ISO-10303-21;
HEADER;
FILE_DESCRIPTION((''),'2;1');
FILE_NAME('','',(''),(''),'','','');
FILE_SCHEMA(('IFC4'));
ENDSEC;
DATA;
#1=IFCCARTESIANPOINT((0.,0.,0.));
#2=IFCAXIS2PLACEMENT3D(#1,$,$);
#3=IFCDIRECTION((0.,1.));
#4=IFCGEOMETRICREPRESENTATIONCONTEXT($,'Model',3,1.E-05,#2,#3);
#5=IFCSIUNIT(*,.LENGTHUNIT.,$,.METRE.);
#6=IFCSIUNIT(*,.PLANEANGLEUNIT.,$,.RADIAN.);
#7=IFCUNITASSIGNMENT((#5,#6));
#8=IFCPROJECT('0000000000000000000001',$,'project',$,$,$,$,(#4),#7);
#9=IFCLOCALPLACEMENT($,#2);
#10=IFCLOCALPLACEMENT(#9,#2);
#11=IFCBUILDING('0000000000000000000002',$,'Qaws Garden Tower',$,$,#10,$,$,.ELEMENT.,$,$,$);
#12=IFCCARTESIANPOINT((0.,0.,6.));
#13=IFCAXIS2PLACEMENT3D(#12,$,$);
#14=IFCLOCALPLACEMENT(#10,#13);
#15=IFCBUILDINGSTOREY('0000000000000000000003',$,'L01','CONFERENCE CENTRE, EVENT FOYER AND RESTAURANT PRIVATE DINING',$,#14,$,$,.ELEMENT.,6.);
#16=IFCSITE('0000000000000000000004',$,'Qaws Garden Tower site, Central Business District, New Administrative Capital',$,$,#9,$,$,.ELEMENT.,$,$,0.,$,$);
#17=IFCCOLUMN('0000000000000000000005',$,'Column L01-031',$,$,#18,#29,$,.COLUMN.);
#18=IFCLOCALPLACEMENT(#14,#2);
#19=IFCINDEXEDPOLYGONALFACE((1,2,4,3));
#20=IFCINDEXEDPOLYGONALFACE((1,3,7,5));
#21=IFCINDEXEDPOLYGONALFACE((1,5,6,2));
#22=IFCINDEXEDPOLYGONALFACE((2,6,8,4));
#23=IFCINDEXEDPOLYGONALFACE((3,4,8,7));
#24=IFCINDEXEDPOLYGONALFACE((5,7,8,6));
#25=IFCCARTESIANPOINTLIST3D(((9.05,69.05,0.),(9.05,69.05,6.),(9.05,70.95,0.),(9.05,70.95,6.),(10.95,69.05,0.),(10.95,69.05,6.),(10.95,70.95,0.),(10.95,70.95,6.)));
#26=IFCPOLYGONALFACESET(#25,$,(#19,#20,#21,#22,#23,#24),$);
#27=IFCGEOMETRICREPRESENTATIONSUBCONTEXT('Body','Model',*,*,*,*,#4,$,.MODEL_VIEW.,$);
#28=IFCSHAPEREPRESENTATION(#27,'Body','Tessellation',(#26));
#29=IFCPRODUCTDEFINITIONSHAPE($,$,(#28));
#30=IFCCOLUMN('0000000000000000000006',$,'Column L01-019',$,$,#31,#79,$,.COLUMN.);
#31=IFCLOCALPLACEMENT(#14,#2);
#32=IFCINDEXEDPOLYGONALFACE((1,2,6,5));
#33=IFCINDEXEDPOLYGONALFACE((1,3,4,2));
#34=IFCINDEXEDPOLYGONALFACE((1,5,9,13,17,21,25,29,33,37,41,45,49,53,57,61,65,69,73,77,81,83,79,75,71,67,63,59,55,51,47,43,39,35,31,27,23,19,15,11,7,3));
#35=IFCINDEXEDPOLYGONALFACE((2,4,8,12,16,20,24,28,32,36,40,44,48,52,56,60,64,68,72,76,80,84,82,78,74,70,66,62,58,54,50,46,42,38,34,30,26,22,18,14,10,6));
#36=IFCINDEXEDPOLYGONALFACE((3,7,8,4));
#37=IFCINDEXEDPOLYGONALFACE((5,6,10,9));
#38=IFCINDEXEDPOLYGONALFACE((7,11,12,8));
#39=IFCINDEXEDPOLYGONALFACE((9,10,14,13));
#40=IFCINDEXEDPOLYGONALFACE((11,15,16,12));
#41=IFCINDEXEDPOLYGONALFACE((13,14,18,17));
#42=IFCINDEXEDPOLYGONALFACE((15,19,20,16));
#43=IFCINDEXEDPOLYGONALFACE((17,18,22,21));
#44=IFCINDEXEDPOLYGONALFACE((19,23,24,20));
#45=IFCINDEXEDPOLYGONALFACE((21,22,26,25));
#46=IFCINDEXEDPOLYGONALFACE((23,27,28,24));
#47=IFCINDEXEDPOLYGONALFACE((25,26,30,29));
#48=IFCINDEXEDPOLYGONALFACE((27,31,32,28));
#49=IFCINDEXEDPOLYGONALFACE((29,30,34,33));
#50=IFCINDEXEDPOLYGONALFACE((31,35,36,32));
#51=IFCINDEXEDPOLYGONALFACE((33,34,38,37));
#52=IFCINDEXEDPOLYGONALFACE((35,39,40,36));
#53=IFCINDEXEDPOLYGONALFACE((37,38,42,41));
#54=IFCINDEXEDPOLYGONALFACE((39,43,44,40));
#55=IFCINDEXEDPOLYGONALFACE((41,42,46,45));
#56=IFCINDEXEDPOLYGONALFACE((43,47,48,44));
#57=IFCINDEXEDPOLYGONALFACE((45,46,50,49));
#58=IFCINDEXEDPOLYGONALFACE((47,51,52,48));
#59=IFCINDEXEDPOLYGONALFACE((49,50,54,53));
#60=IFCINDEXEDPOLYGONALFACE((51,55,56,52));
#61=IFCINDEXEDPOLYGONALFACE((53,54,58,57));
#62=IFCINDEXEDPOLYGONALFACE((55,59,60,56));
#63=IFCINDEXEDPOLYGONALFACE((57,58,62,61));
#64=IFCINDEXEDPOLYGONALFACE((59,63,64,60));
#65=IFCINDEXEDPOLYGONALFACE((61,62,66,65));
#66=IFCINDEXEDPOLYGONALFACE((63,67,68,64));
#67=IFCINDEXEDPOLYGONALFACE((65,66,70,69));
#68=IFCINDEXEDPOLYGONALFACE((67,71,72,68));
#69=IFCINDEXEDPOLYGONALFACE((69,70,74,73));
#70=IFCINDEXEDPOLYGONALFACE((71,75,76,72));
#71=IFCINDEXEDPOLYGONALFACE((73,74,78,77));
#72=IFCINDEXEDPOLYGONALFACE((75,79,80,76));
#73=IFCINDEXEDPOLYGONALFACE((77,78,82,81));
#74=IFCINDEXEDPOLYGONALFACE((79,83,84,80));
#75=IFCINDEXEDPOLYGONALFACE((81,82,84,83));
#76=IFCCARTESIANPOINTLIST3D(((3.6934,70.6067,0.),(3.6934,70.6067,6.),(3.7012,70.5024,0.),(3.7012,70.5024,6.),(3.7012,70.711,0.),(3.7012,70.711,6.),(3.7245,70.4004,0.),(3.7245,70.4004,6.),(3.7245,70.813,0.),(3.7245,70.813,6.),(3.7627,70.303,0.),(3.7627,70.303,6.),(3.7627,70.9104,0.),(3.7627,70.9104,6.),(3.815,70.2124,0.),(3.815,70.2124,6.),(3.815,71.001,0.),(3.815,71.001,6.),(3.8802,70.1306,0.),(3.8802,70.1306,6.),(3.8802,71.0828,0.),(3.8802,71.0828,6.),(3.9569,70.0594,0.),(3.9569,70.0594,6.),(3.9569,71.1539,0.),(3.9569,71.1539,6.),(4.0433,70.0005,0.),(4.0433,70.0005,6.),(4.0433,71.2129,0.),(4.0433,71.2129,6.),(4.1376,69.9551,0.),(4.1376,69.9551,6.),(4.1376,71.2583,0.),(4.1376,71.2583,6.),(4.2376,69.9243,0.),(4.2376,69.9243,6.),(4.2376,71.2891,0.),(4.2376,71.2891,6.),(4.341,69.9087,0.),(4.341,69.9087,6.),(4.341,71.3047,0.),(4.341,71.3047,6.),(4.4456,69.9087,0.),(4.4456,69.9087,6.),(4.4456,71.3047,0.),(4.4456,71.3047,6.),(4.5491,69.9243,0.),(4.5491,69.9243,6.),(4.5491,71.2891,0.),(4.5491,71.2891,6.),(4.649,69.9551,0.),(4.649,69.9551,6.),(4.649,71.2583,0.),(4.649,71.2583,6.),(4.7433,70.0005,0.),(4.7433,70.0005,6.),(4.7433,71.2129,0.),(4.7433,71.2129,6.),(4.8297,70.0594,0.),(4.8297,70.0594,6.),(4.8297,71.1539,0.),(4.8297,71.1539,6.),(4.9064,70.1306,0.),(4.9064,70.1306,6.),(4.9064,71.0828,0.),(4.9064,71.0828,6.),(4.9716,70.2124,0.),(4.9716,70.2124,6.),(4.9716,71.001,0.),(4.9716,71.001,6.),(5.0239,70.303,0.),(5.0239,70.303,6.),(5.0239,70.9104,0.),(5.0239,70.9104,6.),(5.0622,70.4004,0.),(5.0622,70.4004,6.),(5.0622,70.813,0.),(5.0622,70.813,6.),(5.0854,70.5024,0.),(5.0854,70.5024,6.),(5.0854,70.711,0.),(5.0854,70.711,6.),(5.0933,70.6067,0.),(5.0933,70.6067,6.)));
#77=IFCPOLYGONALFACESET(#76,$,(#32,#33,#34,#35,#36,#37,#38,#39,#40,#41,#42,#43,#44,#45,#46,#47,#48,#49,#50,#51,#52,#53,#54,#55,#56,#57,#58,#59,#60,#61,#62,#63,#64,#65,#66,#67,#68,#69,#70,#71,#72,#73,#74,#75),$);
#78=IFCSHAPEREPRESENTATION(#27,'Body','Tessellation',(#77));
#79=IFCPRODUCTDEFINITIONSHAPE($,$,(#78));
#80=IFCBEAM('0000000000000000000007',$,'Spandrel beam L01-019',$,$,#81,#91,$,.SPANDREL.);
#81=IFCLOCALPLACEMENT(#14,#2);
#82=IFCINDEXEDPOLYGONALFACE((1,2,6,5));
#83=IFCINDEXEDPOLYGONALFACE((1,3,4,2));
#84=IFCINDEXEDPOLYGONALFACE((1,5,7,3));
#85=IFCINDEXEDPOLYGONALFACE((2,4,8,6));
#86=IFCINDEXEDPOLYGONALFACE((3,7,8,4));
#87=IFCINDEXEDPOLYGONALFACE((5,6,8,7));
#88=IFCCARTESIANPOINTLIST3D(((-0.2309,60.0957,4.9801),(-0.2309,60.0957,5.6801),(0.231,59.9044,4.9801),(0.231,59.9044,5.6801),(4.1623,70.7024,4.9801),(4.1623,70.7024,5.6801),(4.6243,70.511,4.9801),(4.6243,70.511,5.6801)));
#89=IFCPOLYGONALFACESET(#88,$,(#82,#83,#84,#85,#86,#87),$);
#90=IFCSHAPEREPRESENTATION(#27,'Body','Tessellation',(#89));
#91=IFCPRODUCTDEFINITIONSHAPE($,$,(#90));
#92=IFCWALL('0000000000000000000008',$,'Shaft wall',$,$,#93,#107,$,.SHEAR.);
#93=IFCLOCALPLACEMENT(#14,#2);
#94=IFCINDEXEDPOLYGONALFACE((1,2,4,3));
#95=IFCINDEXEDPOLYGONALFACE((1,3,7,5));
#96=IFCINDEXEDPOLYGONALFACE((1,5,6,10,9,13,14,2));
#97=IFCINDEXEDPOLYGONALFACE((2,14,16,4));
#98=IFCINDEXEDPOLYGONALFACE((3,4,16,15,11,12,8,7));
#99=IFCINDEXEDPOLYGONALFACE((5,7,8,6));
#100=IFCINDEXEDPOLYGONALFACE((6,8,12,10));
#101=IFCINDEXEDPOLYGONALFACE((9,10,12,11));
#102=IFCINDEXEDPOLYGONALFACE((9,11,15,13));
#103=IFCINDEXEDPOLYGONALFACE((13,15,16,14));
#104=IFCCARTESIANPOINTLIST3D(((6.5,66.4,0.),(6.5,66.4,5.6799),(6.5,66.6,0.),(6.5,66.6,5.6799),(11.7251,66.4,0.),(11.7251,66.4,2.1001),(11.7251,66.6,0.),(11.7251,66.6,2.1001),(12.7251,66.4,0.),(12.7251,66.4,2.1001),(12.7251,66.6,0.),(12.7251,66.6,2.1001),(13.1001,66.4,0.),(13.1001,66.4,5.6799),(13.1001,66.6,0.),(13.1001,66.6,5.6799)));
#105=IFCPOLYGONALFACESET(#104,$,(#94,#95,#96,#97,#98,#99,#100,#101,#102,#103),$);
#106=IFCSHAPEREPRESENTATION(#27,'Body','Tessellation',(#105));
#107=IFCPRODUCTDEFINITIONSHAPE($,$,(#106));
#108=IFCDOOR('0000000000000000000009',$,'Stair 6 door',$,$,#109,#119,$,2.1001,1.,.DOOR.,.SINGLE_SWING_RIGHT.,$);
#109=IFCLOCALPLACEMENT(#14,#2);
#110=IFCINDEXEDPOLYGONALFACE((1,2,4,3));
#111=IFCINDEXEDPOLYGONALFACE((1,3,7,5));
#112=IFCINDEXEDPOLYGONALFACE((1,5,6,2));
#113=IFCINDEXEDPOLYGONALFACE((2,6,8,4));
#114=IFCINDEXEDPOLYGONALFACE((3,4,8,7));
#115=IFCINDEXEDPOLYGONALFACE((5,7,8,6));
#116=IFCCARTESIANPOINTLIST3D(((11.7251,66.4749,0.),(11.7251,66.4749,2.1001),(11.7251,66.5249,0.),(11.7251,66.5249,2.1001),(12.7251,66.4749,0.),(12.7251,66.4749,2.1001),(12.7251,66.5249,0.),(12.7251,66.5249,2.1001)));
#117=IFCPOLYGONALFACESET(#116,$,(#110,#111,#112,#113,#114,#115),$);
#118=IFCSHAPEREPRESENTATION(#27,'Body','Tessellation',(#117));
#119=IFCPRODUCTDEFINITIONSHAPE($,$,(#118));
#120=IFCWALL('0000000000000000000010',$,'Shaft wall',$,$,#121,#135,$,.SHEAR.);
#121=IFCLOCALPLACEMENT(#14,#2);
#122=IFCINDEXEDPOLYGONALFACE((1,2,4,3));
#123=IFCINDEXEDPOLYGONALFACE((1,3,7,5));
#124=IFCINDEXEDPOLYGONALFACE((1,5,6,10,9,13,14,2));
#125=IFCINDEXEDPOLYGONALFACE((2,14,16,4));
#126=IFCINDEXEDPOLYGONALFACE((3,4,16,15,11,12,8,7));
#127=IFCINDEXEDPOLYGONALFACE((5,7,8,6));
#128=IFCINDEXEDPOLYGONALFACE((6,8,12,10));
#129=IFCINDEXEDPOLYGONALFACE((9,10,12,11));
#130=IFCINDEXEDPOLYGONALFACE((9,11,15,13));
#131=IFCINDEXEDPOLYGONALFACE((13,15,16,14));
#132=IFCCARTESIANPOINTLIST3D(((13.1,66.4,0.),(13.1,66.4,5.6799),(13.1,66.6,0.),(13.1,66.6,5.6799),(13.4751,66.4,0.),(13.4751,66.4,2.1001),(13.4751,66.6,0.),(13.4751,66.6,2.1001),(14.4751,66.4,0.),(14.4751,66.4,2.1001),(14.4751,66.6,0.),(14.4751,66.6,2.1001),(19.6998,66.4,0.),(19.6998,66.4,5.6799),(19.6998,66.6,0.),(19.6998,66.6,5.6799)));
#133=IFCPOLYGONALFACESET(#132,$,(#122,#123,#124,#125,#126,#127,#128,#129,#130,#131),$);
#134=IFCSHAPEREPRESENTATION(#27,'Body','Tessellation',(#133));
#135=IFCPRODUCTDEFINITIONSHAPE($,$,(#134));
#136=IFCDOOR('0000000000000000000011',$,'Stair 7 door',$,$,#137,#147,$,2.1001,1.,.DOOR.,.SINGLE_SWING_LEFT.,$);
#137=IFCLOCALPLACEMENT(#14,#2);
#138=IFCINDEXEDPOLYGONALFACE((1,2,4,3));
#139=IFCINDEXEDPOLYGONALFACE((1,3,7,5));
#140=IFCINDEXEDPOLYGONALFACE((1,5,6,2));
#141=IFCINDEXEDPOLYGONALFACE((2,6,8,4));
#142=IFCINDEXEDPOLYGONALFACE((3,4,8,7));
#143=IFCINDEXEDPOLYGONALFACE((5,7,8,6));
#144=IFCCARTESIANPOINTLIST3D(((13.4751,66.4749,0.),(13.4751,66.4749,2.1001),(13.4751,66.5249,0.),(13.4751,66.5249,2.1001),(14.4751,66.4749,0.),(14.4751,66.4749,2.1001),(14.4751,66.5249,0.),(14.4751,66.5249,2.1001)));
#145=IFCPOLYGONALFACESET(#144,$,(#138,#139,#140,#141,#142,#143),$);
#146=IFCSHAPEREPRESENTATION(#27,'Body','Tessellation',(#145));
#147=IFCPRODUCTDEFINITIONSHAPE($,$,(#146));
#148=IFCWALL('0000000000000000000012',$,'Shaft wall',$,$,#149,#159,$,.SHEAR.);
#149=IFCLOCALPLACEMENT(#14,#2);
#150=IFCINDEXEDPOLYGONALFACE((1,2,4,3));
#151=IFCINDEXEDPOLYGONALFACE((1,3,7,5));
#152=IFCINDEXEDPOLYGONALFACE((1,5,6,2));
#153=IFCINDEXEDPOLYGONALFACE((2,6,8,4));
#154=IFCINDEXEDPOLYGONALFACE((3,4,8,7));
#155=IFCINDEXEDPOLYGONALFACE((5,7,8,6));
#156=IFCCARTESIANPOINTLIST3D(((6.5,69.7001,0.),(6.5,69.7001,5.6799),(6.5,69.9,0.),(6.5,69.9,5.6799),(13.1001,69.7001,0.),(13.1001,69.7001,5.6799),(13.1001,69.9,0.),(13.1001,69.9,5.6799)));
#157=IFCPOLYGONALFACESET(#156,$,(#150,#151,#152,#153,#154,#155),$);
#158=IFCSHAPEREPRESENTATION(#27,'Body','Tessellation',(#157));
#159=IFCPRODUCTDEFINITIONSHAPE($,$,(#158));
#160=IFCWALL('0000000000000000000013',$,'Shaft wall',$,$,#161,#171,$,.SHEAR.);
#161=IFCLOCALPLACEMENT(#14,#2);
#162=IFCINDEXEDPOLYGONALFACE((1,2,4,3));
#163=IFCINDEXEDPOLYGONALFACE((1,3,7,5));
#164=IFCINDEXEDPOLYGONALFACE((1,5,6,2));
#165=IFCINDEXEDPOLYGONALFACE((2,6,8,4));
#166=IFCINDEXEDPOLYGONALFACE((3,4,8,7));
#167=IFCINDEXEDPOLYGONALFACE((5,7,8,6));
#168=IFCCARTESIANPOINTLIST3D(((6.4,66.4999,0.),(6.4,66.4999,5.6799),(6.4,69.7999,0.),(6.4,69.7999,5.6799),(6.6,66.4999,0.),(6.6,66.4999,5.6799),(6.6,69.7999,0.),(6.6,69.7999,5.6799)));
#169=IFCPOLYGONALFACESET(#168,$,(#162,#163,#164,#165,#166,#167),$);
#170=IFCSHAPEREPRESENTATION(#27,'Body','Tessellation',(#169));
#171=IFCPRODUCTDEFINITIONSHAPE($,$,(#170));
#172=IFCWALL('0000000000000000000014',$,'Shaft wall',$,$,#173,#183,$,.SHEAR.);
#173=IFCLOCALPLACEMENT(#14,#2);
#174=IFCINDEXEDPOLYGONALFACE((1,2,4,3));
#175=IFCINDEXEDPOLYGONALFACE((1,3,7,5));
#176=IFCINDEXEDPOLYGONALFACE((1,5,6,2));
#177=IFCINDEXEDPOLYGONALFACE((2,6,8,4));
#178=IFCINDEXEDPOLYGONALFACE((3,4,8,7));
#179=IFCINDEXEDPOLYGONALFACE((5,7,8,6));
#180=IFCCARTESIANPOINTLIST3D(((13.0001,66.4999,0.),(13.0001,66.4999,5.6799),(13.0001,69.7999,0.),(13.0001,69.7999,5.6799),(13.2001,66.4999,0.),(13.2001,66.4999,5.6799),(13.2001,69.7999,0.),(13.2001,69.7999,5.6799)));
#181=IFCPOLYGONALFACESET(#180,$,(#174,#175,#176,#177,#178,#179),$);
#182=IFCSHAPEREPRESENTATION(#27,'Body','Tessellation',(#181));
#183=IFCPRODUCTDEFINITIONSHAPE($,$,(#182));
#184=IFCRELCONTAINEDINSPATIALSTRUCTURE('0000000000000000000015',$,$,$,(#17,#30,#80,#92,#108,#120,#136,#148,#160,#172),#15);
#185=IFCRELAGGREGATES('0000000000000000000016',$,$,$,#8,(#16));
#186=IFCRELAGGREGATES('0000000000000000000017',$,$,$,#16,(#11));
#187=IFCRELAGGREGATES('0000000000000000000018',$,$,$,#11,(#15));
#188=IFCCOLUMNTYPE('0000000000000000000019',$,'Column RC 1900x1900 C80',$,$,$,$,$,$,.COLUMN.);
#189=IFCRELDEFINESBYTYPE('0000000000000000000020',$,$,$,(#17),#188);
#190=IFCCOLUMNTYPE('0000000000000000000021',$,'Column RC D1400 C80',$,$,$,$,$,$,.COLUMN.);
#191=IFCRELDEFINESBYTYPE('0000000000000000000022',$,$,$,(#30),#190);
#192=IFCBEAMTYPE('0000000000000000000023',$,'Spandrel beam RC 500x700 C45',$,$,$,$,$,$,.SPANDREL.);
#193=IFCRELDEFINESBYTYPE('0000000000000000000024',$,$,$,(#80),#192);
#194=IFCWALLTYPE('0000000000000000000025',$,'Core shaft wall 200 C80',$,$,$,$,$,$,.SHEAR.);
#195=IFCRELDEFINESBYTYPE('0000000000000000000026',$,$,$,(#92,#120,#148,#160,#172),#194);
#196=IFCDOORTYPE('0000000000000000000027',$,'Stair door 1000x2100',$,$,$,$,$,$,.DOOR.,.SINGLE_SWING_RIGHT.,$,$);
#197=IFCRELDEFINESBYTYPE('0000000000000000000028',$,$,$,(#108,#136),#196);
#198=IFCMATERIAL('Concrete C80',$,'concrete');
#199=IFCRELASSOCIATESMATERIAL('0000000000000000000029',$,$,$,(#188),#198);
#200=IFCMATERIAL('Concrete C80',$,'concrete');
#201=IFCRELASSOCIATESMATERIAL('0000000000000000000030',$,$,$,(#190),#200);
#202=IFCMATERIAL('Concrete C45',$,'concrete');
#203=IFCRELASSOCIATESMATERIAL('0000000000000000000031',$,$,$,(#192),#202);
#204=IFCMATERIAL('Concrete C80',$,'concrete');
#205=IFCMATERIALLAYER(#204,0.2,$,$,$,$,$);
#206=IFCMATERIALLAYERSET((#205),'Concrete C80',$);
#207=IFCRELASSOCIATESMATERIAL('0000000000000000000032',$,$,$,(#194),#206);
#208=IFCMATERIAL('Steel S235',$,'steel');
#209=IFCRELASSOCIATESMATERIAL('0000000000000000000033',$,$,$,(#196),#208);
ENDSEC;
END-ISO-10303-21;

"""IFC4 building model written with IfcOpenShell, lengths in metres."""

from ifc_helpers import new_model, si_unit, direction, frame, frame_2d, origin, origin_2d, place, context, subcontext, project, spatial, rectangle, circle, extrude, material, layer, layer_set, material_profile, profile_set, type_object, element, fill, save


model = new_model("IFC4")

# Units and contexts
model_context = context("Model", 3, precision=1e-05, world=origin(), true_north=direction((0.0, 1.0)))
body_context = subcontext(model_context, "Body", "Model", "MODEL_VIEW")
ifc_project = project(units=[si_unit("LENGTHUNIT", "METRE"), si_unit("PLANEANGLEUNIT", "RADIAN")], contexts=[model_context])

# Site, building, storey
site_placement = place(None, origin())
site = spatial("IfcSite", under=ifc_project, at=site_placement, Name="Qaws Garden Tower site, Central Business District, New Administrative Capital", CompositionType="ELEMENT", RefElevation=0.0)
building_placement = place(site_placement, origin())
building = spatial("IfcBuilding", under=site, at=building_placement, Name="Qaws Garden Tower", CompositionType="ELEMENT")
storey_placement = place(building_placement, frame((0.0, 0.0, 6.0)))
storey = spatial("IfcBuildingStorey", under=building, at=storey_placement, Name="L01", Description="CONFERENCE CENTRE, EVENT FOYER AND RESTAURANT PRIVATE DINING", CompositionType="ELEMENT", Elevation=6.0)

# Columns
ifc_material_1 = material(Name="Concrete C80", Category="concrete")
ifc_material_profile_1 = material_profile(ifc_material_1, rectangle(XDim=1.8999, YDim=1.8999, at=origin_2d()), Name="RC 1900x1900")
ifc_profile_set_1 = profile_set([ifc_material_profile_1], Name="Concrete C80")
column_type_1 = type_object("IfcColumnType", Name="Column RC 1900x1900 C80", PredefinedType="COLUMN", material=ifc_profile_set_1)
column_1_placement = place(storey_placement, frame((10.0, 70.0, 0.0), z_axis=(0.0, 0.0, 1.0), x_axis=(1.0, 0.0, 0.0)))
element("IfcColumn", 1, at=column_1_placement, inside=storey, type_object=column_type_1, Name="Column L01-031", PredefinedType="COLUMN", context=body_context, shape_type="SweptSolid", body=[
    extrude(rectangle(XDim=1.8999, YDim=1.8999, at=origin_2d()), origin(), (0.0, 0.0, 1.0), 6.0),
])
ifc_material_2 = material(Name="Concrete C80", Category="concrete")
ifc_material_profile_2 = material_profile(ifc_material_2, circle(Radius=0.7, at=origin_2d()), Name="RC D1400")
ifc_profile_set_2 = profile_set([ifc_material_profile_2], Name="Concrete C80")
column_type_2 = type_object("IfcColumnType", Name="Column RC D1400 C80", PredefinedType="COLUMN", material=ifc_profile_set_2)
column_2_placement = place(storey_placement, frame((4.3933, 70.6067, 0.0), z_axis=(0.0, 0.0, 1.0), x_axis=(1.0, 0.0, 0.0)))
element("IfcColumn", 2, at=column_2_placement, inside=storey, type_object=column_type_2, Name="Column L01-019", PredefinedType="COLUMN", context=body_context, shape_type="SweptSolid", body=[
    extrude(circle(Radius=0.7, at=origin_2d()), origin(), (0.0, 0.0, 1.0), 6.0),
])

# Beam
ifc_material_3 = material(Name="Concrete C45", Category="concrete")
ifc_material_profile_3 = material_profile(ifc_material_3, rectangle(XDim=0.5, YDim=0.7, at=origin_2d()), Name="RC 500x700")
ifc_profile_set_3 = profile_set([ifc_material_profile_3], Name="Concrete C45")
beam_type = type_object("IfcBeamType", Name="Spandrel beam RC 500x700 C45", PredefinedType="SPANDREL", material=ifc_profile_set_3)
beam_placement = place(storey_placement, frame((4.3933, 70.6067, 5.3301), z_axis=(-0.382674, -0.923883, 0.0), x_axis=(0.923883, -0.382674, 0.0)))
element("IfcBeam", 3, at=beam_placement, inside=storey, type_object=beam_type, Name="Spandrel beam L01-019", PredefinedType="SPANDREL", context=body_context, shape_type="SweptSolid", body=[
    extrude(rectangle(XDim=0.5, YDim=0.7, at=origin_2d()), origin(), (0.0, 0.0, 1.0), 11.4805),
])

# Walls, openings, doors
ifc_material_4 = material(Name="Concrete C80", Category="concrete")
ifc_layer_1 = layer(ifc_material_4, 0.2)
ifc_layer_set_1 = layer_set([ifc_layer_1], Name="Concrete C80")
wall_type_1 = type_object("IfcWallType", Name="Core shaft wall 200 C80", PredefinedType="SHEAR", material=ifc_layer_set_1)
wall_1_placement = place(storey_placement, frame((6.5, 66.5, 0.0), z_axis=(0.0, 0.0, 1.0), x_axis=(1.0, 0.0, 0.0)))
wall_1 = element("IfcWall", 4, at=wall_1_placement, inside=storey, type_object=wall_type_1, Name="Shaft wall", PredefinedType="SHEAR", context=body_context, shape_type="SweptSolid", body=[
    extrude(rectangle(XDim=6.6001, YDim=0.2, at=frame_2d((3.3, 0.0))), origin(), (0.0, 0.0, 1.0), 5.6799),
])
opening_1_placement = place(wall_1_placement, frame((5.2251, 0.0, 0.0)))
opening_1 = element("IfcOpeningElement", 5, at=opening_1_placement, cuts=wall_1, PredefinedType="OPENING", context=body_context, shape_type="SweptSolid", body=[
    extrude(rectangle(XDim=1.0, YDim=2.1001, at=frame_2d((0.5, 1.05))), frame((0.0, 0.1099, 0.0), z_axis=(0.0, -1.0, 0.0), x_axis=(1.0, 0.0, 0.0)), (0.0, 0.0, 1.0), 0.22),
])
ifc_material_5 = material(Name="Steel S235", Category="steel")
door_type = type_object("IfcDoorType", Name="Stair door 1000x2100", OperationType="SINGLE_SWING_RIGHT", PredefinedType="DOOR", material=ifc_material_5)
door_1_placement = place(opening_1_placement, origin())
door_1 = element("IfcDoor", 6, at=door_1_placement, inside=storey, type_object=door_type, Name="Stair 6 door", OperationType="SINGLE_SWING_RIGHT", OverallHeight=2.1001, OverallWidth=1.0, PredefinedType="DOOR", context=body_context, shape_type="SweptSolid", body=[
    extrude(rectangle(XDim=1.0, YDim=2.1001, at=frame_2d((0.5, 1.05))), frame((0.0, 0.0249, 0.0), z_axis=(0.0, -1.0, 0.0), x_axis=(1.0, 0.0, 0.0)), (0.0, 0.0, 1.0), 0.05),
])
fill(opening_1, door_1)
wall_2_placement = place(storey_placement, frame((13.1001, 66.5, 0.0), z_axis=(0.0, 0.0, 1.0), x_axis=(1.0, 0.0, 0.0)))
wall_2 = element("IfcWall", 7, at=wall_2_placement, inside=storey, type_object=wall_type_1, Name="Shaft wall", PredefinedType="SHEAR", context=body_context, shape_type="SweptSolid", body=[
    extrude(rectangle(XDim=6.5999, YDim=0.2, at=frame_2d((3.2998, 0.0))), origin(), (0.0, 0.0, 1.0), 5.6799),
])
opening_2_placement = place(wall_2_placement, frame((0.375, 0.0, 0.0)))
opening_2 = element("IfcOpeningElement", 8, at=opening_2_placement, cuts=wall_2, PredefinedType="OPENING", context=body_context, shape_type="SweptSolid", body=[
    extrude(rectangle(XDim=1.0, YDim=2.1001, at=frame_2d((0.5, 1.05))), frame((0.0, 0.1099, 0.0), z_axis=(0.0, -1.0, 0.0), x_axis=(1.0, 0.0, 0.0)), (0.0, 0.0, 1.0), 0.22),
])
door_2_placement = place(opening_2_placement, origin())
door_2 = element("IfcDoor", 9, at=door_2_placement, inside=storey, type_object=door_type, Name="Stair 7 door", OperationType="SINGLE_SWING_LEFT", OverallHeight=2.1001, OverallWidth=1.0, PredefinedType="DOOR", context=body_context, shape_type="SweptSolid", body=[
    extrude(rectangle(XDim=1.0, YDim=2.1001, at=frame_2d((0.5, 1.05))), frame((0.0, 0.0249, 0.0), z_axis=(0.0, -1.0, 0.0), x_axis=(1.0, 0.0, 0.0)), (0.0, 0.0, 1.0), 0.05),
])
fill(opening_2, door_2)

# Walls
wall_3_placement = place(storey_placement, frame((6.5, 69.8, 0.0), z_axis=(0.0, 0.0, 1.0), x_axis=(1.0, 0.0, 0.0)))
element("IfcWall", 10, at=wall_3_placement, inside=storey, type_object=wall_type_1, Name="Shaft wall", PredefinedType="SHEAR", context=body_context, shape_type="SweptSolid", body=[
    extrude(rectangle(XDim=6.6001, YDim=0.2, at=frame_2d((3.3, 0.0))), origin(), (0.0, 0.0, 1.0), 5.6799),
])
for number, where, z_axis, x_axis, name in (
    (11, (6.5, 66.5, 0.0), (0.0, 0.0, 1.0), (0.0, 1.0, 0.0), "Shaft wall"),
    (12, (13.1001, 66.5, 0.0), (0.0, 0.0, 1.0), (0.0, 1.0, 0.0), "Shaft wall"),
):
    element("IfcWall", number, at=place(storey_placement, frame(where, z_axis=z_axis, x_axis=x_axis)), inside=storey, type_object=wall_type_1, Name=name, PredefinedType="SHEAR", context=body_context, shape_type="SweptSolid", body=[
        extrude(rectangle(XDim=3.3, YDim=0.2, at=frame_2d((1.6499, 0.0))), origin(), (0.0, 0.0, 1.0), 5.6799),
    ])

save(model, "model.ifc")
